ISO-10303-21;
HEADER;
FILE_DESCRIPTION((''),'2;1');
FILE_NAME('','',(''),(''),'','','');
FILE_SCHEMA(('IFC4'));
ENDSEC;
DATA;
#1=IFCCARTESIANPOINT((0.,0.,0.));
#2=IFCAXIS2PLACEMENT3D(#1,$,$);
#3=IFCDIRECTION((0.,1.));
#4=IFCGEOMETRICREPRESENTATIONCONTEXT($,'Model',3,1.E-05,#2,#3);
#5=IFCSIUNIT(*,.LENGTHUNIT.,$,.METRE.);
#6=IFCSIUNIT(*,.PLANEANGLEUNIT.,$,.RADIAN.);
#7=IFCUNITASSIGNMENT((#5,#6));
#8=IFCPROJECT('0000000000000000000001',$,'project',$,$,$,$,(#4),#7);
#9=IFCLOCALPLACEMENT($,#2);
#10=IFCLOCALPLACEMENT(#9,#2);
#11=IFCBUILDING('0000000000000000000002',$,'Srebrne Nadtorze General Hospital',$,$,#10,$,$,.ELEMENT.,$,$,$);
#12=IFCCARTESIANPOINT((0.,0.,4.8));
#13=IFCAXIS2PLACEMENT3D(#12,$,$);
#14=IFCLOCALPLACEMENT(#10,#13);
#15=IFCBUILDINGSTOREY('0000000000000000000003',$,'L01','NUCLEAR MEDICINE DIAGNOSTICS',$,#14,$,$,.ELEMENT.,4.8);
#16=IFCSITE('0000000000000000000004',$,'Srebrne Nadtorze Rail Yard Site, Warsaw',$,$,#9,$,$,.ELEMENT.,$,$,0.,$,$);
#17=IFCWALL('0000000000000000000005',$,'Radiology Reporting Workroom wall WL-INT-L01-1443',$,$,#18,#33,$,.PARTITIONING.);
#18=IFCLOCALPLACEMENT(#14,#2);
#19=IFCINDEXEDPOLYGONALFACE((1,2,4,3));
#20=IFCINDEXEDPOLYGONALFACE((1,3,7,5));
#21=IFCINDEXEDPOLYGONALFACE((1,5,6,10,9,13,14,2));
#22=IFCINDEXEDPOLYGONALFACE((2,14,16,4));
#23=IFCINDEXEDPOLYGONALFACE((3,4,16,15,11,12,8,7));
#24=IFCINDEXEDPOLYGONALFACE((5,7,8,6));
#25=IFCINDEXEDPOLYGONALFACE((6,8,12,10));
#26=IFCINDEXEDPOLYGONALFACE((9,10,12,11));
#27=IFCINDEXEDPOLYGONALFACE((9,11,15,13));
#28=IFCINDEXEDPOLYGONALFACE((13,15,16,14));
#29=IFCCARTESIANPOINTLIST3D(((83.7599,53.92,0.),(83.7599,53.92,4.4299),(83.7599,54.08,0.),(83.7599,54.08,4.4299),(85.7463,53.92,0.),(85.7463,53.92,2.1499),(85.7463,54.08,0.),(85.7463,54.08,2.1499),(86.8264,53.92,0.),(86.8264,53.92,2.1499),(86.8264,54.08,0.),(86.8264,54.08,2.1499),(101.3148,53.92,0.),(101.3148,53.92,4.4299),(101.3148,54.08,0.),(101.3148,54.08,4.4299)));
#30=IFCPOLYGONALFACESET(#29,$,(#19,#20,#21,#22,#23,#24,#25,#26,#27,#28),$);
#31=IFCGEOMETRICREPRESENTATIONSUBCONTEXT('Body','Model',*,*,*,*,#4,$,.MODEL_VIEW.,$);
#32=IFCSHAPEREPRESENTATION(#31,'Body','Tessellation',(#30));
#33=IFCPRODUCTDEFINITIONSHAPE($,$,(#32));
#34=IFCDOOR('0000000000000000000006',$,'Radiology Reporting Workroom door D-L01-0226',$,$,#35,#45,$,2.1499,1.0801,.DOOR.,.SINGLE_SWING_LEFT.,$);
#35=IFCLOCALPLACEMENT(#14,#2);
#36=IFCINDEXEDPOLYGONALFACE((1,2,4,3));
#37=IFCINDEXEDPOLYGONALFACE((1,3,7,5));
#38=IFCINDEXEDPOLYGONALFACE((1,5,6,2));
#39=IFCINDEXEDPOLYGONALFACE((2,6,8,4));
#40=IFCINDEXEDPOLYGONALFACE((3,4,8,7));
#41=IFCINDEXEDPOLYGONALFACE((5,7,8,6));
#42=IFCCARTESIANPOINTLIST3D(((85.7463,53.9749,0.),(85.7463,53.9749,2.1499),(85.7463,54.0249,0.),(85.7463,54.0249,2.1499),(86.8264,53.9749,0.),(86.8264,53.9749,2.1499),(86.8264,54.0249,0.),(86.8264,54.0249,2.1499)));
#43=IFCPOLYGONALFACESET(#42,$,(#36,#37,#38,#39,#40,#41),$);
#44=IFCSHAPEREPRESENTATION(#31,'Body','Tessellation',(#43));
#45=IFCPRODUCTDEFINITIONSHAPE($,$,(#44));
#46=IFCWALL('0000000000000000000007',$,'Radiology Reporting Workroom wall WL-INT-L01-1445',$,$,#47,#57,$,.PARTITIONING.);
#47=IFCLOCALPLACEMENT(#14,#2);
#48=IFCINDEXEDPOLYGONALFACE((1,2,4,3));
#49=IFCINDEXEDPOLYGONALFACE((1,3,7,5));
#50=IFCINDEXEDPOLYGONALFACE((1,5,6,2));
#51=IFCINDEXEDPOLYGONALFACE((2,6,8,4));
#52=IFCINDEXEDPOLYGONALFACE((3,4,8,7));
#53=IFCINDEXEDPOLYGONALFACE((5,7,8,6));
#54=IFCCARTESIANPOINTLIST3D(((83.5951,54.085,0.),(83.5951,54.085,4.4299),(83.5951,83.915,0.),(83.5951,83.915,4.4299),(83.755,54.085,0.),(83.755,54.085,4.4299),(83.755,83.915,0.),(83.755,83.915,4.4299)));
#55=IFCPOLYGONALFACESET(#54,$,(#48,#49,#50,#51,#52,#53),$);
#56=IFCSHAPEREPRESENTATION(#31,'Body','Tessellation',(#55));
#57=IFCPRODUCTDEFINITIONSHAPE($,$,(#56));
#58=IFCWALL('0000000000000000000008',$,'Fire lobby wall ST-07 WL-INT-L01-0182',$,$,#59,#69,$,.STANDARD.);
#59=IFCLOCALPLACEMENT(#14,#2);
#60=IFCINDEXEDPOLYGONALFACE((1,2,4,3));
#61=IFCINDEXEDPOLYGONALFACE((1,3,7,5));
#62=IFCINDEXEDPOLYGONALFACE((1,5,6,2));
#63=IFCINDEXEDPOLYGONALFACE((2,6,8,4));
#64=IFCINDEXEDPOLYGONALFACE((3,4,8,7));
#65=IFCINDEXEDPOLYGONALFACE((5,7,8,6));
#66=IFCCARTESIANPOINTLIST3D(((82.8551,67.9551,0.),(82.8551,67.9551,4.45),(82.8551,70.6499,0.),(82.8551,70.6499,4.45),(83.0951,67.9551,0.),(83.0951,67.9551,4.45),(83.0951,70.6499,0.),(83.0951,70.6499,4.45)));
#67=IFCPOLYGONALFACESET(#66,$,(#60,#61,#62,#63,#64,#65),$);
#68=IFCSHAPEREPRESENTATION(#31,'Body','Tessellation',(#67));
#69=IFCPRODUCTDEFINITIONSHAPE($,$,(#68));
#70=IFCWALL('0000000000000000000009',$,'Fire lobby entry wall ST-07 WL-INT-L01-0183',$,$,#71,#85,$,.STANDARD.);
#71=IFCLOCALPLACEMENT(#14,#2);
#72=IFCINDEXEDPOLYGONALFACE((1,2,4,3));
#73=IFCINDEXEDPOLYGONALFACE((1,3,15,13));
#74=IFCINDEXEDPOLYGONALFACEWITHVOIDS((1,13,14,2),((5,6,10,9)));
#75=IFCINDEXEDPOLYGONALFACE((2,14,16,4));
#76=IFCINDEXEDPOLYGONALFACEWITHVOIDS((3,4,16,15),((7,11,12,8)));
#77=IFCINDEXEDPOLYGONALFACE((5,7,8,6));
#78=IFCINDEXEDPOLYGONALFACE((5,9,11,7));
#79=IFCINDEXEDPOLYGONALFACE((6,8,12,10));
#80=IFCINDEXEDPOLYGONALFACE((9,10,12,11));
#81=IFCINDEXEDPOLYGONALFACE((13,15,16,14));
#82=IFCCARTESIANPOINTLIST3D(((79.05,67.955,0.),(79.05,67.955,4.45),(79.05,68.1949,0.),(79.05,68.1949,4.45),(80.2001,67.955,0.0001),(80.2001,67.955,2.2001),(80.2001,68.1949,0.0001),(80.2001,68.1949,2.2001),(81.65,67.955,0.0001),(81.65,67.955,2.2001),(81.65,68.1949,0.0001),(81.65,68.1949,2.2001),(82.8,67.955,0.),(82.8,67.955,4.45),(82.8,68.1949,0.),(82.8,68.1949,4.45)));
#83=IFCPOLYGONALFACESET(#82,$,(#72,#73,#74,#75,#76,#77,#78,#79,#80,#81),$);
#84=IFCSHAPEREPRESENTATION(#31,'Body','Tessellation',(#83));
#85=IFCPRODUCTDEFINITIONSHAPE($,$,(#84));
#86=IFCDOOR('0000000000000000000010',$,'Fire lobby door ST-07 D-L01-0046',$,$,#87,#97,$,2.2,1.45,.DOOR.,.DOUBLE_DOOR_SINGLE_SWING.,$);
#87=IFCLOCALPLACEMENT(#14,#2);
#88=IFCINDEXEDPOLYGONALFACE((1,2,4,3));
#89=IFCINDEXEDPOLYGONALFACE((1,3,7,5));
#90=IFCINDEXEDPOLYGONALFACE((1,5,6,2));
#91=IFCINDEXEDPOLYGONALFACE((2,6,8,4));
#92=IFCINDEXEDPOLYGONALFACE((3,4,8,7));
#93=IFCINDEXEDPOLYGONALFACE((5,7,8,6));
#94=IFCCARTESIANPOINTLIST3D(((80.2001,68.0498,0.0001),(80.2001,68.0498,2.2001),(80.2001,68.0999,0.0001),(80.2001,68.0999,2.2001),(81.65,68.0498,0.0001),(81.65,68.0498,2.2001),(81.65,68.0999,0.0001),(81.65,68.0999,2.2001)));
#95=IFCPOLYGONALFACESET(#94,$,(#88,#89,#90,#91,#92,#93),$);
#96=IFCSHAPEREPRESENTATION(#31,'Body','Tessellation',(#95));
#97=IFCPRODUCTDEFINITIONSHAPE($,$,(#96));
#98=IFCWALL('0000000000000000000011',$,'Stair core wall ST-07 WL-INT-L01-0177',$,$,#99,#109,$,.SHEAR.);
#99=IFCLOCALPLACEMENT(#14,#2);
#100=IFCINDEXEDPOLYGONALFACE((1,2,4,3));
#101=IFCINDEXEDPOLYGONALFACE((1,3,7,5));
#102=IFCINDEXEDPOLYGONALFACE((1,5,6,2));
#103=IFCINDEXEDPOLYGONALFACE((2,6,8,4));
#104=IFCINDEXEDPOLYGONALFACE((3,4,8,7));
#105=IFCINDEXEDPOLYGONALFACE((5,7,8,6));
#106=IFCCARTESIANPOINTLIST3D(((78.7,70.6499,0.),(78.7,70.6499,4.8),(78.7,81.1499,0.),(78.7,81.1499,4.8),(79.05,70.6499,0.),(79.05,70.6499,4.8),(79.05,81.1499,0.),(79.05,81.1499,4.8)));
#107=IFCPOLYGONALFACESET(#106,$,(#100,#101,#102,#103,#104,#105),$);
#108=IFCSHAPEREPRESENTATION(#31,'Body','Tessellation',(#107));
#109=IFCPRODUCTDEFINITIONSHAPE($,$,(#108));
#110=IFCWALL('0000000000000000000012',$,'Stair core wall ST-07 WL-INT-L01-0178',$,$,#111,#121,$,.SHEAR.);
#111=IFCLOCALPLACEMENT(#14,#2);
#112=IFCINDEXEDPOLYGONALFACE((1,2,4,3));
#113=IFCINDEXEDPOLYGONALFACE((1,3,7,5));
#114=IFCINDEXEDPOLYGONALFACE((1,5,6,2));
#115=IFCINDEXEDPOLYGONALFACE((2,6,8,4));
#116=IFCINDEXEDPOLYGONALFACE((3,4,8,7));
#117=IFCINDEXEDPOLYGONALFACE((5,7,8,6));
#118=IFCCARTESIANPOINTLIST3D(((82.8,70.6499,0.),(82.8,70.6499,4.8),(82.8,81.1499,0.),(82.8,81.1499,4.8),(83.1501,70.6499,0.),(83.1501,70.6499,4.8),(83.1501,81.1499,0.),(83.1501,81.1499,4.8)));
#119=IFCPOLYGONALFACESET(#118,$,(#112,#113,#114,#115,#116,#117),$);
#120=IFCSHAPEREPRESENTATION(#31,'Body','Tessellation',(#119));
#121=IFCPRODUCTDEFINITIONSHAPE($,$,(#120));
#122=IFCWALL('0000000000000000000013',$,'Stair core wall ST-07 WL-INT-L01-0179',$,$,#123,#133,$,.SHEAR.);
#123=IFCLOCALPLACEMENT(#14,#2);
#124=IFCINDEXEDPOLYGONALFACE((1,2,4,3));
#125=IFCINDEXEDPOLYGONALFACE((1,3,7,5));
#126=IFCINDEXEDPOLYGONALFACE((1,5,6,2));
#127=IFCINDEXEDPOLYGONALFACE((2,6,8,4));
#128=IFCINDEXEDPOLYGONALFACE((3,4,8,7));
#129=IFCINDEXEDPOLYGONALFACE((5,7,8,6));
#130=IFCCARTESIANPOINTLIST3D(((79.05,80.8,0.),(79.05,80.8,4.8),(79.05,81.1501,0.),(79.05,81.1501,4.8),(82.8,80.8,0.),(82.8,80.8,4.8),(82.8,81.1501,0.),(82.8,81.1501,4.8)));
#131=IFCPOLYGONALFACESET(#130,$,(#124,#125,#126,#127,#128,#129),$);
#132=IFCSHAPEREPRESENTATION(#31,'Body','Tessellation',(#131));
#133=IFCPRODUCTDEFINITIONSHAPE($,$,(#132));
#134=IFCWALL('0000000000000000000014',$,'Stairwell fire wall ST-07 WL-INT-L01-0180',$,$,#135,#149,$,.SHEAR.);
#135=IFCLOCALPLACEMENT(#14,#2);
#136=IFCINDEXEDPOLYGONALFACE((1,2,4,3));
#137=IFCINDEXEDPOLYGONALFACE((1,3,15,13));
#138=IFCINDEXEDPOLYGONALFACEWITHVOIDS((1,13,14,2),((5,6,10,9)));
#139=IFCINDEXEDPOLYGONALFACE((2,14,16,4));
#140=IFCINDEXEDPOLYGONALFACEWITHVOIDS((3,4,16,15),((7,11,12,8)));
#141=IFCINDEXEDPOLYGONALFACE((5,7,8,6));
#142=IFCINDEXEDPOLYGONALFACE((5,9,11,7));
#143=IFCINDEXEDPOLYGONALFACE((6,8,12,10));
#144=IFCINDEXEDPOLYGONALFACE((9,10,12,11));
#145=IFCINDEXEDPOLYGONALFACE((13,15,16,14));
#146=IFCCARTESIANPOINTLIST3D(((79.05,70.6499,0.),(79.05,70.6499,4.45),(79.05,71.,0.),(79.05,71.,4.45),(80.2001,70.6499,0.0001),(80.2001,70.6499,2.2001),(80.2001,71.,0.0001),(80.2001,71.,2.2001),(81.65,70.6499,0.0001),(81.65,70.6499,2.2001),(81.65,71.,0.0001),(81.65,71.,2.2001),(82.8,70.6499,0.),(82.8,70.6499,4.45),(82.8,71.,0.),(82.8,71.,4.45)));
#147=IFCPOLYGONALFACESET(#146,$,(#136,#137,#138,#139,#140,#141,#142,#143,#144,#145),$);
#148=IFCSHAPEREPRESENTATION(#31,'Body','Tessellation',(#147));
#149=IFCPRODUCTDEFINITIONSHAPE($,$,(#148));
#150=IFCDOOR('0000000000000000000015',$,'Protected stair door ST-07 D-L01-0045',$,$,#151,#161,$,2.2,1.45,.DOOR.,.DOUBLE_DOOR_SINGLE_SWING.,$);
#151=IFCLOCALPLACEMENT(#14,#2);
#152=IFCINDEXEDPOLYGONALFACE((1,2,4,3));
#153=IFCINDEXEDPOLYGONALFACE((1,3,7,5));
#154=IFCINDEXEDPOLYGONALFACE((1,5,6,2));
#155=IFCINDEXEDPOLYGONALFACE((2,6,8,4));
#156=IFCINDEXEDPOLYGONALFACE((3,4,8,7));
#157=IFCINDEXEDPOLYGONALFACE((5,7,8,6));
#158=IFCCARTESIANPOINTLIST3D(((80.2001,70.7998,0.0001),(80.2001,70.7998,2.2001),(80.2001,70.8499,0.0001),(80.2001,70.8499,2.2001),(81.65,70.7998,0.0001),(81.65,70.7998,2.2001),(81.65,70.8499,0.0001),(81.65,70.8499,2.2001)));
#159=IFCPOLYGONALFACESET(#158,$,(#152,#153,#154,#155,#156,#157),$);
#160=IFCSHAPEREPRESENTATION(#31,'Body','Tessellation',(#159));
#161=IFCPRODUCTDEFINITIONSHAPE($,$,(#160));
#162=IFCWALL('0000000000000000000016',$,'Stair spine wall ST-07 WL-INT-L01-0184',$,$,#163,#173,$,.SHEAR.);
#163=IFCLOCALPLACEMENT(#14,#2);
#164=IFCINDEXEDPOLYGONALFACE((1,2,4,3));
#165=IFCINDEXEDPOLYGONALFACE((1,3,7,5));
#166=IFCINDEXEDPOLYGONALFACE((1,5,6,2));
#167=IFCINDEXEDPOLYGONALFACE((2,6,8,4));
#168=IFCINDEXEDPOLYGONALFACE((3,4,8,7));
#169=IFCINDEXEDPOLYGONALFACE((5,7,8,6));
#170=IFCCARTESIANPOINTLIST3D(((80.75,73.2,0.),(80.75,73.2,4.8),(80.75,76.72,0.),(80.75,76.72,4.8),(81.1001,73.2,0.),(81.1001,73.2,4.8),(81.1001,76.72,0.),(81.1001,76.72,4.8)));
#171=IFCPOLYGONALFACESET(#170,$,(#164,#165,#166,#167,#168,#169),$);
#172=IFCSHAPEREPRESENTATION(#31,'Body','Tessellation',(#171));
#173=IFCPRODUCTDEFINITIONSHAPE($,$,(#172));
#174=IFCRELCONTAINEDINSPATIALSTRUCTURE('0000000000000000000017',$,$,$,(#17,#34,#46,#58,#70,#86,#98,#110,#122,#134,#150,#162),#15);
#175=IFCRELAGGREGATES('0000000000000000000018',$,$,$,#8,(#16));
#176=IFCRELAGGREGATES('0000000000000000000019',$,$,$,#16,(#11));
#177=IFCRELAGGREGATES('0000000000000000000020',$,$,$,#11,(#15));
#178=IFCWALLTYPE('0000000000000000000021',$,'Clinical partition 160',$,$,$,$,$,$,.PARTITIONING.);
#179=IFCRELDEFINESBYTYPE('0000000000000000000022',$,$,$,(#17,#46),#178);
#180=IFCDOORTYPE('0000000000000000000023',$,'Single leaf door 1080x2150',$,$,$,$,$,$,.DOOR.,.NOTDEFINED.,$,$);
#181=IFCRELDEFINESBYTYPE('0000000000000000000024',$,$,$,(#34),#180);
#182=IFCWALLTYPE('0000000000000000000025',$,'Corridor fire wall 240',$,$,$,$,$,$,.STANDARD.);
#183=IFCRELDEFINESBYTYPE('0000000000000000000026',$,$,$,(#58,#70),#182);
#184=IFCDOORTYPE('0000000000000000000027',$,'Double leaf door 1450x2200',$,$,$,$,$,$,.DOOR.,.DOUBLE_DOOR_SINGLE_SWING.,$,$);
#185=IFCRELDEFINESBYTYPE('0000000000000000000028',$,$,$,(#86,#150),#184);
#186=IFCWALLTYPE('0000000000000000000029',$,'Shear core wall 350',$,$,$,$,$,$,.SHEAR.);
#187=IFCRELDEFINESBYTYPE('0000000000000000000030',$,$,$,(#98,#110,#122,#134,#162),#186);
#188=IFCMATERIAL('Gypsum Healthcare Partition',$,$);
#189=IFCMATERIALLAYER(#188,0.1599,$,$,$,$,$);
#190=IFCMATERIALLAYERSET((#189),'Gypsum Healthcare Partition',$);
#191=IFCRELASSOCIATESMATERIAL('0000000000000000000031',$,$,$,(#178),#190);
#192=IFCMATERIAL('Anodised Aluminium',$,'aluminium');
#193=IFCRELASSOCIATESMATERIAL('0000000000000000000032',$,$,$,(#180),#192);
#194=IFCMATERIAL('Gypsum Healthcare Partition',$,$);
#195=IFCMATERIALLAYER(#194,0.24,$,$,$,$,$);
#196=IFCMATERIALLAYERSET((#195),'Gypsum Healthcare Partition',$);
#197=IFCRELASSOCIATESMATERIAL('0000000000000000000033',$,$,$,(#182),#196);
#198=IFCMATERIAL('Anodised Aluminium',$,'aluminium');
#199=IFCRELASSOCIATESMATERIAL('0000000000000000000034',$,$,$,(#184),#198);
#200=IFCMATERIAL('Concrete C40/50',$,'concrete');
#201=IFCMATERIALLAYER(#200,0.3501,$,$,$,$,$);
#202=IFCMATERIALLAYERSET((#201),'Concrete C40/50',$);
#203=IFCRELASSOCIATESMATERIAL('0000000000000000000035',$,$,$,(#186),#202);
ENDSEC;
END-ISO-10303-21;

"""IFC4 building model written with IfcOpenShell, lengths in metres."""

from ifc_helpers import new_model, si_unit, direction, frame, frame_2d, origin, place, context, subcontext, project, spatial, rectangle, extrude, material, layer, layer_set, type_object, element, fill, save


model = new_model("IFC4")

# Units and contexts
model_context = context("Model", 3, precision=1e-05, world=origin(), true_north=direction((0.0, 1.0)))
body_context = subcontext(model_context, "Body", "Model", "MODEL_VIEW")
ifc_project = project(units=[si_unit("LENGTHUNIT", "METRE"), si_unit("PLANEANGLEUNIT", "RADIAN")], contexts=[model_context])

# Site, building, storey
site_placement = place(None, origin())
site = spatial("IfcSite", under=ifc_project, at=site_placement, Name="Srebrne Nadtorze Rail Yard Site, Warsaw", CompositionType="ELEMENT", RefElevation=0.0)
building_placement = place(site_placement, origin())
building = spatial("IfcBuilding", under=site, at=building_placement, Name="Srebrne Nadtorze General Hospital", CompositionType="ELEMENT")
storey_placement = place(building_placement, frame((0.0, 0.0, 4.8)))
storey = spatial("IfcBuildingStorey", under=building, at=storey_placement, Name="L01", Description="NUCLEAR MEDICINE DIAGNOSTICS", CompositionType="ELEMENT", Elevation=4.8)

# Wall, opening, door
ifc_material_1 = material(Name="Gypsum Healthcare Partition")
ifc_layer_1 = layer(ifc_material_1, 0.1599)
ifc_layer_set_1 = layer_set([ifc_layer_1], Name="Gypsum Healthcare Partition")
wall_type_1 = type_object("IfcWallType", Name="Clinical partition 160", PredefinedType="PARTITIONING", material=ifc_layer_set_1)
wall_1_placement = place(storey_placement, frame((83.76, 54.0, 0.0), z_axis=(0.0, 0.0, 1.0), x_axis=(1.0, 0.0, 0.0)))
wall_1 = element("IfcWall", 1, at=wall_1_placement, inside=storey, type_object=wall_type_1, Name="Radiology Reporting Workroom wall WL-INT-L01-1443", PredefinedType="PARTITIONING", context=body_context, shape_type="SweptSolid", body=[
    extrude(rectangle(XDim=17.5549, YDim=0.1599, at=frame_2d((8.7773, 0.0))), origin(), (0.0, 0.0, 1.0), 4.4299),
])
opening_1_placement = place(wall_1_placement, frame((1.9863, 0.0, 0.0)))
opening_1 = element("IfcOpeningElement", 2, at=opening_1_placement, cuts=wall_1, PredefinedType="OPENING", context=body_context, shape_type="SweptSolid", body=[
    extrude(rectangle(XDim=1.0801, YDim=2.1499, at=frame_2d((0.54, 1.075))), frame((0.0, 0.0918, 0.0), z_axis=(0.0, -1.0, 0.0), x_axis=(1.0, 0.0, 0.0)), (0.0, 0.0, 1.0), 0.1838),
])
ifc_material_2 = material(Name="Anodised Aluminium", Category="aluminium")
door_type_1 = type_object("IfcDoorType", Name="Single leaf door 1080x2150", OperationType="NOTDEFINED", PredefinedType="DOOR", material=ifc_material_2)
door_1_placement = place(opening_1_placement, origin())
door_1 = element("IfcDoor", 3, at=door_1_placement, inside=storey, type_object=door_type_1, Name="Radiology Reporting Workroom door D-L01-0226", OperationType="SINGLE_SWING_LEFT", OverallHeight=2.1499, OverallWidth=1.0801, PredefinedType="DOOR", context=body_context, shape_type="SweptSolid", body=[
    extrude(rectangle(XDim=1.0801, YDim=2.1499, at=frame_2d((0.54, 1.075))), frame((0.0, 0.0249, 0.0), z_axis=(0.0, -1.0, 0.0), x_axis=(1.0, 0.0, 0.0)), (0.0, 0.0, 1.0), 0.05),
])
fill(opening_1, door_1)

# Walls
wall_2_placement = place(storey_placement, frame((83.675, 54.085, 0.0), z_axis=(0.0, 0.0, 1.0), x_axis=(0.0, 1.0, 0.0)))
element("IfcWall", 4, at=wall_2_placement, inside=storey, type_object=wall_type_1, Name="Radiology Reporting Workroom wall WL-INT-L01-1445", PredefinedType="PARTITIONING", context=body_context, shape_type="SweptSolid", body=[
    extrude(rectangle(XDim=29.8301, YDim=0.1599, at=frame_2d((14.915, 0.0))), origin(), (0.0, 0.0, 1.0), 4.4299),
])
ifc_material_3 = material(Name="Gypsum Healthcare Partition")
ifc_layer_2 = layer(ifc_material_3, 0.24)
ifc_layer_set_2 = layer_set([ifc_layer_2], Name="Gypsum Healthcare Partition")
wall_type_2 = type_object("IfcWallType", Name="Corridor fire wall 240", PredefinedType="STANDARD", material=ifc_layer_set_2)
wall_3_placement = place(storey_placement, frame((82.9751, 67.9551, 0.0), z_axis=(0.0, 0.0, 1.0), x_axis=(0.0, 1.0, 0.0)))
element("IfcWall", 5, at=wall_3_placement, inside=storey, type_object=wall_type_2, Name="Fire lobby wall ST-07 WL-INT-L01-0182", PredefinedType="STANDARD", context=body_context, shape_type="SweptSolid", body=[
    extrude(rectangle(XDim=2.6948, YDim=0.24, at=frame_2d((1.3474, 0.0))), origin(), (0.0, 0.0, 1.0), 4.45),
])

# Wall, opening, door
wall_4_placement = place(storey_placement, frame((79.05, 68.075, 0.0), z_axis=(0.0, 0.0, 1.0), x_axis=(1.0, 0.0, 0.0)))
wall_4 = element("IfcWall", 6, at=wall_4_placement, inside=storey, type_object=wall_type_2, Name="Fire lobby entry wall ST-07 WL-INT-L01-0183", PredefinedType="STANDARD", context=body_context, shape_type="SweptSolid", body=[
    extrude(rectangle(XDim=3.75, YDim=0.24, at=frame_2d((1.875, 0.0))), origin(), (0.0, 0.0, 1.0), 4.45),
])
opening_2_placement = place(wall_4_placement, frame((1.1499, 0.0, 0.0)))
opening_2 = element("IfcOpeningElement", 7, at=opening_2_placement, cuts=wall_4, PredefinedType="OPENING", context=body_context, shape_type="SweptSolid", body=[
    extrude(rectangle(XDim=1.45, YDim=2.2, at=frame_2d((0.7251, 1.1001))), frame((0.0, 0.1318, 0.0), z_axis=(0.0, -1.0, 0.0), x_axis=(1.0, 0.0, 0.0)), (0.0, 0.0, 1.0), 0.2639),
])
ifc_material_4 = material(Name="Anodised Aluminium", Category="aluminium")
door_type_2 = type_object("IfcDoorType", Name="Double leaf door 1450x2200", OperationType="DOUBLE_DOOR_SINGLE_SWING", PredefinedType="DOOR", material=ifc_material_4)
door_2_placement = place(opening_2_placement, origin())
door_2 = element("IfcDoor", 8, at=door_2_placement, inside=storey, type_object=door_type_2, Name="Fire lobby door ST-07 D-L01-0046", OperationType="DOUBLE_DOOR_SINGLE_SWING", OverallHeight=2.2, OverallWidth=1.45, PredefinedType="DOOR", context=body_context, shape_type="SweptSolid", body=[
    extrude(rectangle(XDim=1.45, YDim=2.2, at=frame_2d((0.7251, 1.1001))), frame((0.0, 0.0249, 0.0), z_axis=(0.0, -1.0, 0.0), x_axis=(1.0, 0.0, 0.0)), (0.0, 0.0, 1.0), 0.05),
])
fill(opening_2, door_2)

# Walls
ifc_material_5 = material(Name="Concrete C40/50", Category="concrete")
ifc_layer_3 = layer(ifc_material_5, 0.3501)
ifc_layer_set_3 = layer_set([ifc_layer_3], Name="Concrete C40/50")
wall_type_3 = type_object("IfcWallType", Name="Shear core wall 350", PredefinedType="SHEAR", material=ifc_layer_set_3)
for number, where, z_axis, x_axis, name in (
    (9, (78.875, 70.6499, 0.0), (0.0, 0.0, 1.0), (0.0, 1.0, 0.0), "Stair core wall ST-07 WL-INT-L01-0177"),
    (10, (82.9751, 70.6499, 0.0), (0.0, 0.0, 1.0), (0.0, 1.0, 0.0), "Stair core wall ST-07 WL-INT-L01-0178"),
):
    element("IfcWall", number, at=place(storey_placement, frame(where, z_axis=z_axis, x_axis=x_axis)), inside=storey, type_object=wall_type_3, Name=name, PredefinedType="SHEAR", context=body_context, shape_type="SweptSolid", body=[
        extrude(rectangle(XDim=10.5, YDim=0.3501, at=frame_2d((5.25, 0.0))), origin(), (0.0, 0.0, 1.0), 4.8),
    ])
wall_5_placement = place(storey_placement, frame((79.05, 80.9751, 0.0), z_axis=(0.0, 0.0, 1.0), x_axis=(1.0, 0.0, 0.0)))
element("IfcWall", 11, at=wall_5_placement, inside=storey, type_object=wall_type_3, Name="Stair core wall ST-07 WL-INT-L01-0179", PredefinedType="SHEAR", context=body_context, shape_type="SweptSolid", body=[
    extrude(rectangle(XDim=3.75, YDim=0.3501, at=frame_2d((1.875, 0.0))), origin(), (0.0, 0.0, 1.0), 4.8),
])

# Wall, opening, door
wall_6_placement = place(storey_placement, frame((79.05, 70.825, 0.0), z_axis=(0.0, 0.0, 1.0), x_axis=(1.0, 0.0, 0.0)))
wall_6 = element("IfcWall", 12, at=wall_6_placement, inside=storey, type_object=wall_type_3, Name="Stairwell fire wall ST-07 WL-INT-L01-0180", PredefinedType="SHEAR", context=body_context, shape_type="SweptSolid", body=[
    extrude(rectangle(XDim=3.75, YDim=0.3501, at=frame_2d((1.875, 0.0))), origin(), (0.0, 0.0, 1.0), 4.45),
])
opening_3_placement = place(wall_6_placement, frame((1.1499, 0.0, 0.0)))
opening_3 = element("IfcOpeningElement", 13, at=opening_3_placement, cuts=wall_6, PredefinedType="OPENING", context=body_context, shape_type="SweptSolid", body=[
    extrude(rectangle(XDim=1.45, YDim=2.2, at=frame_2d((0.7251, 1.1001))), frame((0.0, 0.187, 0.0), z_axis=(0.0, -1.0, 0.0), x_axis=(1.0, 0.0, 0.0)), (0.0, 0.0, 1.0), 0.374),
])
door_3_placement = place(opening_3_placement, origin())
door_3 = element("IfcDoor", 14, at=door_3_placement, inside=storey, type_object=door_type_2, Name="Protected stair door ST-07 D-L01-0045", OperationType="DOUBLE_DOOR_SINGLE_SWING", OverallHeight=2.2, OverallWidth=1.45, PredefinedType="DOOR", context=body_context, shape_type="SweptSolid", body=[
    extrude(rectangle(XDim=1.45, YDim=2.2, at=frame_2d((0.7251, 1.1001))), frame((0.0, 0.0249, 0.0), z_axis=(0.0, -1.0, 0.0), x_axis=(1.0, 0.0, 0.0)), (0.0, 0.0, 1.0), 0.05),
])
fill(opening_3, door_3)

# Wall
wall_7_placement = place(storey_placement, frame((80.925, 73.2, 0.0), z_axis=(0.0, 0.0, 1.0), x_axis=(0.0, 1.0, 0.0)))
element("IfcWall", 15, at=wall_7_placement, inside=storey, type_object=wall_type_3, Name="Stair spine wall ST-07 WL-INT-L01-0184", PredefinedType="SHEAR", context=body_context, shape_type="SweptSolid", body=[
    extrude(rectangle(XDim=3.52, YDim=0.3501, at=frame_2d((1.76, 0.0))), origin(), (0.0, 0.0, 1.0), 4.8),
])

save(model, "model.ifc")
